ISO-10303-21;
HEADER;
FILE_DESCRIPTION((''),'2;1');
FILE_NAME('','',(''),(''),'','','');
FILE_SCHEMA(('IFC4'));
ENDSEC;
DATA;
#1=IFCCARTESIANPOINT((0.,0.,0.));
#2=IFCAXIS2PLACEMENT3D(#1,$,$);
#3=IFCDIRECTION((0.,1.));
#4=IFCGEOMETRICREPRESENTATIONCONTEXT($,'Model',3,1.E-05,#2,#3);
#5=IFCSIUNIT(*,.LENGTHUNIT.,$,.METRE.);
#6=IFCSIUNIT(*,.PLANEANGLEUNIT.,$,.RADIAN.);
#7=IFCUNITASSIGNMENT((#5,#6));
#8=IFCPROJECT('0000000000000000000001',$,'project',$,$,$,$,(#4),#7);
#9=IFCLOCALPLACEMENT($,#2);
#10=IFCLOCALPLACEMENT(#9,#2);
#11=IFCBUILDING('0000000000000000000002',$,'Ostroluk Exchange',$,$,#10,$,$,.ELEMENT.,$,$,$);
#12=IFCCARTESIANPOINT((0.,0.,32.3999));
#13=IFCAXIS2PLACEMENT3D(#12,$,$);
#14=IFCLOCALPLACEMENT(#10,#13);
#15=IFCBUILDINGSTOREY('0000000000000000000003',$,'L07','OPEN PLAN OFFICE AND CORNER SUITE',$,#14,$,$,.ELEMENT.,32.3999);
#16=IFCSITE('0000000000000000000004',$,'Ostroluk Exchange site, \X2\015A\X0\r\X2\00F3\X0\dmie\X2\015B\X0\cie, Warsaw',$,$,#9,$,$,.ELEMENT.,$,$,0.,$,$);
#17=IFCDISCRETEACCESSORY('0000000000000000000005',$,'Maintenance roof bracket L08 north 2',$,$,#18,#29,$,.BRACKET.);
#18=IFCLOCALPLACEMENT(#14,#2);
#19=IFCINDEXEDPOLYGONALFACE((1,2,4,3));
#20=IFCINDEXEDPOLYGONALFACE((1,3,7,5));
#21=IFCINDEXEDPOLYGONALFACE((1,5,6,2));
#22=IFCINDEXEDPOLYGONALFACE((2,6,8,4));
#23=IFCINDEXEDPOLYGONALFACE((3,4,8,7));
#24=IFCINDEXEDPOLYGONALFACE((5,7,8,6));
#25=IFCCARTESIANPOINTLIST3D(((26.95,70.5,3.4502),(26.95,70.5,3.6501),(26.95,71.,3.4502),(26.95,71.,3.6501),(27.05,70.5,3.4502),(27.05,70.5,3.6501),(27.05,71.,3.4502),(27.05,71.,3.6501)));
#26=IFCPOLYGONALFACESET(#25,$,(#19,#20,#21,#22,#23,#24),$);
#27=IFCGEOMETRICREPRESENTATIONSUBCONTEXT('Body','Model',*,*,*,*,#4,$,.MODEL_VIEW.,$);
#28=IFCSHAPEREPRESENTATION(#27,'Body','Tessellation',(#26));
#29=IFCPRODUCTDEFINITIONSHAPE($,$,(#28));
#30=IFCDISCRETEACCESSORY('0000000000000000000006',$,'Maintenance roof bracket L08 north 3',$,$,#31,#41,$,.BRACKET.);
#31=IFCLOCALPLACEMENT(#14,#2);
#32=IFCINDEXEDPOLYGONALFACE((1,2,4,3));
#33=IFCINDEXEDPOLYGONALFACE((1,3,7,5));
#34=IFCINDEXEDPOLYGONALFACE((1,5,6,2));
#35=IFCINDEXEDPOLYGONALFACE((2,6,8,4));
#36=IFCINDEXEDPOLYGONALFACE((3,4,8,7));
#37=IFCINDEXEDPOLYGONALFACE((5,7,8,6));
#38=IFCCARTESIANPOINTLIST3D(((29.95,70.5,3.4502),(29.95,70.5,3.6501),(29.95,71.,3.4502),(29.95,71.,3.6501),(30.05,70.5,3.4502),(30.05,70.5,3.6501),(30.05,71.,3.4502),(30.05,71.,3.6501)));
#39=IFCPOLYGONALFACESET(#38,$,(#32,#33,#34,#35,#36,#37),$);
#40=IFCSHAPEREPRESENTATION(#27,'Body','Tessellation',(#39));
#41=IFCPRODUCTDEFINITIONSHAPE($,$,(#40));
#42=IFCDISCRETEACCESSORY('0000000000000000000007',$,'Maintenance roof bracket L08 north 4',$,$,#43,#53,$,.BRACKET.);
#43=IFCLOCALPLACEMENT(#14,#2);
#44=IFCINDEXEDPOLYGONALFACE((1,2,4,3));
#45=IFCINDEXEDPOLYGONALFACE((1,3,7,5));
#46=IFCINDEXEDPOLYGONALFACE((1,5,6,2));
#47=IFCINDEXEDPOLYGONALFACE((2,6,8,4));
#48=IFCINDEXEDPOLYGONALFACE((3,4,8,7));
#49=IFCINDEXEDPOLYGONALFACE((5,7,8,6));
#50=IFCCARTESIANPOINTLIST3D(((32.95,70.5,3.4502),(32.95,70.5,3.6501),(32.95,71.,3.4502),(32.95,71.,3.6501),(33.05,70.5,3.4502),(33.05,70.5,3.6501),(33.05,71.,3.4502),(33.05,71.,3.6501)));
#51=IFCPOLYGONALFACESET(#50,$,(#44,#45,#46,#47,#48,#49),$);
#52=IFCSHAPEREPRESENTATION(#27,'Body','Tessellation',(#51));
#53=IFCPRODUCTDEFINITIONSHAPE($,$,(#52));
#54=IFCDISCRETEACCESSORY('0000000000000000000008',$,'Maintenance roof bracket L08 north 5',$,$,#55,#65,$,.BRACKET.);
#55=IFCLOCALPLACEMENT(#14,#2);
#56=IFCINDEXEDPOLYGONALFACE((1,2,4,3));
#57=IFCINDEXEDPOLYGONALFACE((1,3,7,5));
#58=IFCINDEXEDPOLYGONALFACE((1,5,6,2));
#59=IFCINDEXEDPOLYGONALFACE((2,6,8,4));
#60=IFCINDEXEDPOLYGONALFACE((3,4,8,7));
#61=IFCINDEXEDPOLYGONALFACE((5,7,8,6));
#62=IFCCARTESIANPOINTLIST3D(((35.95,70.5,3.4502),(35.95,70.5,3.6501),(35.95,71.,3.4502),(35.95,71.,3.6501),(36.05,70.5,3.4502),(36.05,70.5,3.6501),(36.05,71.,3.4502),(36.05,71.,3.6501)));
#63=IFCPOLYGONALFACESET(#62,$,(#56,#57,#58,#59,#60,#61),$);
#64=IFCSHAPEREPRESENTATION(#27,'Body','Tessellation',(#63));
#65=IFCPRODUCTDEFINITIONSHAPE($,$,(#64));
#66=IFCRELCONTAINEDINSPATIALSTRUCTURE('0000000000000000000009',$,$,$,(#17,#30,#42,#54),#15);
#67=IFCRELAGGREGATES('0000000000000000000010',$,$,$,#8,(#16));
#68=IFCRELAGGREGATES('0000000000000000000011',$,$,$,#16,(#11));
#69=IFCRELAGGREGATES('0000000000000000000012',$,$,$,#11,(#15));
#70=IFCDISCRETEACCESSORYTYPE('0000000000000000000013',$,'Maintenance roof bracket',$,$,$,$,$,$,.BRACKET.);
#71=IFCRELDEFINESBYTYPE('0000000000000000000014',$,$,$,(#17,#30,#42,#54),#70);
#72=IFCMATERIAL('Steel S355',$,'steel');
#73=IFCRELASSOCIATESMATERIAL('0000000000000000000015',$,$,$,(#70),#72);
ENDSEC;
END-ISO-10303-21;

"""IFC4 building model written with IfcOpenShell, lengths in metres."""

from ifc_helpers import new_model, si_unit, direction, frame, origin, origin_2d, place, context, subcontext, project, spatial, rectangle, extrude, material, type_object, element, save


model = new_model("IFC4")

# Units and contexts
model_context = context("Model", 3, precision=1e-05, world=origin(), true_north=direction((0.0, 1.0)))
body_context = subcontext(model_context, "Body", "Model", "MODEL_VIEW")
ifc_project = project(units=[si_unit("LENGTHUNIT", "METRE"), si_unit("PLANEANGLEUNIT", "RADIAN")], contexts=[model_context])

# Site, building, storey
site_placement = place(None, origin())
site = spatial("IfcSite", under=ifc_project, at=site_placement, Name="Ostroluk Exchange site, Śródmieście, Warsaw", CompositionType="ELEMENT", RefElevation=0.0)
building_placement = place(site_placement, origin())
building = spatial("IfcBuilding", under=site, at=building_placement, Name="Ostroluk Exchange", CompositionType="ELEMENT")
storey_placement = place(building_placement, frame((0.0, 0.0, 32.3999)))
storey = spatial("IfcBuildingStorey", under=building, at=storey_placement, Name="L07", Description="OPEN PLAN OFFICE AND CORNER SUITE", CompositionType="ELEMENT", Elevation=32.3999)

# Discrete accessories
ifc_material_1 = material(Name="Steel S355", Category="steel")
discrete_accessory_type = type_object("IfcDiscreteAccessoryType", Name="Maintenance roof bracket", PredefinedType="BRACKET", material=ifc_material_1)
for number, where, z_axis, x_axis, name in (
    (1, (27.0, 70.75, 3.4502), (0.0, 0.0, 1.0), (1.0, 0.0, 0.0), "Maintenance roof bracket L08 north 2"),
    (2, (30.0, 70.75, 3.4502), (0.0, 0.0, 1.0), (1.0, 0.0, 0.0), "Maintenance roof bracket L08 north 3"),
    (3, (33.0, 70.75, 3.4502), (0.0, 0.0, 1.0), (1.0, 0.0, 0.0), "Maintenance roof bracket L08 north 4"),
    (4, (36.0, 70.75, 3.4502), (0.0, 0.0, 1.0), (1.0, 0.0, 0.0), "Maintenance roof bracket L08 north 5"),
):
    element("IfcDiscreteAccessory", number, at=place(storey_placement, frame(where, z_axis=z_axis, x_axis=x_axis)), inside=storey, type_object=discrete_accessory_type, Name=name, PredefinedType="BRACKET", context=body_context, shape_type="SweptSolid", body=[
        extrude(rectangle(XDim=0.1001, YDim=0.5, at=origin_2d()), origin(), (0.0, 0.0, 1.0), 0.2),
    ])

save(model, "model.ifc")
